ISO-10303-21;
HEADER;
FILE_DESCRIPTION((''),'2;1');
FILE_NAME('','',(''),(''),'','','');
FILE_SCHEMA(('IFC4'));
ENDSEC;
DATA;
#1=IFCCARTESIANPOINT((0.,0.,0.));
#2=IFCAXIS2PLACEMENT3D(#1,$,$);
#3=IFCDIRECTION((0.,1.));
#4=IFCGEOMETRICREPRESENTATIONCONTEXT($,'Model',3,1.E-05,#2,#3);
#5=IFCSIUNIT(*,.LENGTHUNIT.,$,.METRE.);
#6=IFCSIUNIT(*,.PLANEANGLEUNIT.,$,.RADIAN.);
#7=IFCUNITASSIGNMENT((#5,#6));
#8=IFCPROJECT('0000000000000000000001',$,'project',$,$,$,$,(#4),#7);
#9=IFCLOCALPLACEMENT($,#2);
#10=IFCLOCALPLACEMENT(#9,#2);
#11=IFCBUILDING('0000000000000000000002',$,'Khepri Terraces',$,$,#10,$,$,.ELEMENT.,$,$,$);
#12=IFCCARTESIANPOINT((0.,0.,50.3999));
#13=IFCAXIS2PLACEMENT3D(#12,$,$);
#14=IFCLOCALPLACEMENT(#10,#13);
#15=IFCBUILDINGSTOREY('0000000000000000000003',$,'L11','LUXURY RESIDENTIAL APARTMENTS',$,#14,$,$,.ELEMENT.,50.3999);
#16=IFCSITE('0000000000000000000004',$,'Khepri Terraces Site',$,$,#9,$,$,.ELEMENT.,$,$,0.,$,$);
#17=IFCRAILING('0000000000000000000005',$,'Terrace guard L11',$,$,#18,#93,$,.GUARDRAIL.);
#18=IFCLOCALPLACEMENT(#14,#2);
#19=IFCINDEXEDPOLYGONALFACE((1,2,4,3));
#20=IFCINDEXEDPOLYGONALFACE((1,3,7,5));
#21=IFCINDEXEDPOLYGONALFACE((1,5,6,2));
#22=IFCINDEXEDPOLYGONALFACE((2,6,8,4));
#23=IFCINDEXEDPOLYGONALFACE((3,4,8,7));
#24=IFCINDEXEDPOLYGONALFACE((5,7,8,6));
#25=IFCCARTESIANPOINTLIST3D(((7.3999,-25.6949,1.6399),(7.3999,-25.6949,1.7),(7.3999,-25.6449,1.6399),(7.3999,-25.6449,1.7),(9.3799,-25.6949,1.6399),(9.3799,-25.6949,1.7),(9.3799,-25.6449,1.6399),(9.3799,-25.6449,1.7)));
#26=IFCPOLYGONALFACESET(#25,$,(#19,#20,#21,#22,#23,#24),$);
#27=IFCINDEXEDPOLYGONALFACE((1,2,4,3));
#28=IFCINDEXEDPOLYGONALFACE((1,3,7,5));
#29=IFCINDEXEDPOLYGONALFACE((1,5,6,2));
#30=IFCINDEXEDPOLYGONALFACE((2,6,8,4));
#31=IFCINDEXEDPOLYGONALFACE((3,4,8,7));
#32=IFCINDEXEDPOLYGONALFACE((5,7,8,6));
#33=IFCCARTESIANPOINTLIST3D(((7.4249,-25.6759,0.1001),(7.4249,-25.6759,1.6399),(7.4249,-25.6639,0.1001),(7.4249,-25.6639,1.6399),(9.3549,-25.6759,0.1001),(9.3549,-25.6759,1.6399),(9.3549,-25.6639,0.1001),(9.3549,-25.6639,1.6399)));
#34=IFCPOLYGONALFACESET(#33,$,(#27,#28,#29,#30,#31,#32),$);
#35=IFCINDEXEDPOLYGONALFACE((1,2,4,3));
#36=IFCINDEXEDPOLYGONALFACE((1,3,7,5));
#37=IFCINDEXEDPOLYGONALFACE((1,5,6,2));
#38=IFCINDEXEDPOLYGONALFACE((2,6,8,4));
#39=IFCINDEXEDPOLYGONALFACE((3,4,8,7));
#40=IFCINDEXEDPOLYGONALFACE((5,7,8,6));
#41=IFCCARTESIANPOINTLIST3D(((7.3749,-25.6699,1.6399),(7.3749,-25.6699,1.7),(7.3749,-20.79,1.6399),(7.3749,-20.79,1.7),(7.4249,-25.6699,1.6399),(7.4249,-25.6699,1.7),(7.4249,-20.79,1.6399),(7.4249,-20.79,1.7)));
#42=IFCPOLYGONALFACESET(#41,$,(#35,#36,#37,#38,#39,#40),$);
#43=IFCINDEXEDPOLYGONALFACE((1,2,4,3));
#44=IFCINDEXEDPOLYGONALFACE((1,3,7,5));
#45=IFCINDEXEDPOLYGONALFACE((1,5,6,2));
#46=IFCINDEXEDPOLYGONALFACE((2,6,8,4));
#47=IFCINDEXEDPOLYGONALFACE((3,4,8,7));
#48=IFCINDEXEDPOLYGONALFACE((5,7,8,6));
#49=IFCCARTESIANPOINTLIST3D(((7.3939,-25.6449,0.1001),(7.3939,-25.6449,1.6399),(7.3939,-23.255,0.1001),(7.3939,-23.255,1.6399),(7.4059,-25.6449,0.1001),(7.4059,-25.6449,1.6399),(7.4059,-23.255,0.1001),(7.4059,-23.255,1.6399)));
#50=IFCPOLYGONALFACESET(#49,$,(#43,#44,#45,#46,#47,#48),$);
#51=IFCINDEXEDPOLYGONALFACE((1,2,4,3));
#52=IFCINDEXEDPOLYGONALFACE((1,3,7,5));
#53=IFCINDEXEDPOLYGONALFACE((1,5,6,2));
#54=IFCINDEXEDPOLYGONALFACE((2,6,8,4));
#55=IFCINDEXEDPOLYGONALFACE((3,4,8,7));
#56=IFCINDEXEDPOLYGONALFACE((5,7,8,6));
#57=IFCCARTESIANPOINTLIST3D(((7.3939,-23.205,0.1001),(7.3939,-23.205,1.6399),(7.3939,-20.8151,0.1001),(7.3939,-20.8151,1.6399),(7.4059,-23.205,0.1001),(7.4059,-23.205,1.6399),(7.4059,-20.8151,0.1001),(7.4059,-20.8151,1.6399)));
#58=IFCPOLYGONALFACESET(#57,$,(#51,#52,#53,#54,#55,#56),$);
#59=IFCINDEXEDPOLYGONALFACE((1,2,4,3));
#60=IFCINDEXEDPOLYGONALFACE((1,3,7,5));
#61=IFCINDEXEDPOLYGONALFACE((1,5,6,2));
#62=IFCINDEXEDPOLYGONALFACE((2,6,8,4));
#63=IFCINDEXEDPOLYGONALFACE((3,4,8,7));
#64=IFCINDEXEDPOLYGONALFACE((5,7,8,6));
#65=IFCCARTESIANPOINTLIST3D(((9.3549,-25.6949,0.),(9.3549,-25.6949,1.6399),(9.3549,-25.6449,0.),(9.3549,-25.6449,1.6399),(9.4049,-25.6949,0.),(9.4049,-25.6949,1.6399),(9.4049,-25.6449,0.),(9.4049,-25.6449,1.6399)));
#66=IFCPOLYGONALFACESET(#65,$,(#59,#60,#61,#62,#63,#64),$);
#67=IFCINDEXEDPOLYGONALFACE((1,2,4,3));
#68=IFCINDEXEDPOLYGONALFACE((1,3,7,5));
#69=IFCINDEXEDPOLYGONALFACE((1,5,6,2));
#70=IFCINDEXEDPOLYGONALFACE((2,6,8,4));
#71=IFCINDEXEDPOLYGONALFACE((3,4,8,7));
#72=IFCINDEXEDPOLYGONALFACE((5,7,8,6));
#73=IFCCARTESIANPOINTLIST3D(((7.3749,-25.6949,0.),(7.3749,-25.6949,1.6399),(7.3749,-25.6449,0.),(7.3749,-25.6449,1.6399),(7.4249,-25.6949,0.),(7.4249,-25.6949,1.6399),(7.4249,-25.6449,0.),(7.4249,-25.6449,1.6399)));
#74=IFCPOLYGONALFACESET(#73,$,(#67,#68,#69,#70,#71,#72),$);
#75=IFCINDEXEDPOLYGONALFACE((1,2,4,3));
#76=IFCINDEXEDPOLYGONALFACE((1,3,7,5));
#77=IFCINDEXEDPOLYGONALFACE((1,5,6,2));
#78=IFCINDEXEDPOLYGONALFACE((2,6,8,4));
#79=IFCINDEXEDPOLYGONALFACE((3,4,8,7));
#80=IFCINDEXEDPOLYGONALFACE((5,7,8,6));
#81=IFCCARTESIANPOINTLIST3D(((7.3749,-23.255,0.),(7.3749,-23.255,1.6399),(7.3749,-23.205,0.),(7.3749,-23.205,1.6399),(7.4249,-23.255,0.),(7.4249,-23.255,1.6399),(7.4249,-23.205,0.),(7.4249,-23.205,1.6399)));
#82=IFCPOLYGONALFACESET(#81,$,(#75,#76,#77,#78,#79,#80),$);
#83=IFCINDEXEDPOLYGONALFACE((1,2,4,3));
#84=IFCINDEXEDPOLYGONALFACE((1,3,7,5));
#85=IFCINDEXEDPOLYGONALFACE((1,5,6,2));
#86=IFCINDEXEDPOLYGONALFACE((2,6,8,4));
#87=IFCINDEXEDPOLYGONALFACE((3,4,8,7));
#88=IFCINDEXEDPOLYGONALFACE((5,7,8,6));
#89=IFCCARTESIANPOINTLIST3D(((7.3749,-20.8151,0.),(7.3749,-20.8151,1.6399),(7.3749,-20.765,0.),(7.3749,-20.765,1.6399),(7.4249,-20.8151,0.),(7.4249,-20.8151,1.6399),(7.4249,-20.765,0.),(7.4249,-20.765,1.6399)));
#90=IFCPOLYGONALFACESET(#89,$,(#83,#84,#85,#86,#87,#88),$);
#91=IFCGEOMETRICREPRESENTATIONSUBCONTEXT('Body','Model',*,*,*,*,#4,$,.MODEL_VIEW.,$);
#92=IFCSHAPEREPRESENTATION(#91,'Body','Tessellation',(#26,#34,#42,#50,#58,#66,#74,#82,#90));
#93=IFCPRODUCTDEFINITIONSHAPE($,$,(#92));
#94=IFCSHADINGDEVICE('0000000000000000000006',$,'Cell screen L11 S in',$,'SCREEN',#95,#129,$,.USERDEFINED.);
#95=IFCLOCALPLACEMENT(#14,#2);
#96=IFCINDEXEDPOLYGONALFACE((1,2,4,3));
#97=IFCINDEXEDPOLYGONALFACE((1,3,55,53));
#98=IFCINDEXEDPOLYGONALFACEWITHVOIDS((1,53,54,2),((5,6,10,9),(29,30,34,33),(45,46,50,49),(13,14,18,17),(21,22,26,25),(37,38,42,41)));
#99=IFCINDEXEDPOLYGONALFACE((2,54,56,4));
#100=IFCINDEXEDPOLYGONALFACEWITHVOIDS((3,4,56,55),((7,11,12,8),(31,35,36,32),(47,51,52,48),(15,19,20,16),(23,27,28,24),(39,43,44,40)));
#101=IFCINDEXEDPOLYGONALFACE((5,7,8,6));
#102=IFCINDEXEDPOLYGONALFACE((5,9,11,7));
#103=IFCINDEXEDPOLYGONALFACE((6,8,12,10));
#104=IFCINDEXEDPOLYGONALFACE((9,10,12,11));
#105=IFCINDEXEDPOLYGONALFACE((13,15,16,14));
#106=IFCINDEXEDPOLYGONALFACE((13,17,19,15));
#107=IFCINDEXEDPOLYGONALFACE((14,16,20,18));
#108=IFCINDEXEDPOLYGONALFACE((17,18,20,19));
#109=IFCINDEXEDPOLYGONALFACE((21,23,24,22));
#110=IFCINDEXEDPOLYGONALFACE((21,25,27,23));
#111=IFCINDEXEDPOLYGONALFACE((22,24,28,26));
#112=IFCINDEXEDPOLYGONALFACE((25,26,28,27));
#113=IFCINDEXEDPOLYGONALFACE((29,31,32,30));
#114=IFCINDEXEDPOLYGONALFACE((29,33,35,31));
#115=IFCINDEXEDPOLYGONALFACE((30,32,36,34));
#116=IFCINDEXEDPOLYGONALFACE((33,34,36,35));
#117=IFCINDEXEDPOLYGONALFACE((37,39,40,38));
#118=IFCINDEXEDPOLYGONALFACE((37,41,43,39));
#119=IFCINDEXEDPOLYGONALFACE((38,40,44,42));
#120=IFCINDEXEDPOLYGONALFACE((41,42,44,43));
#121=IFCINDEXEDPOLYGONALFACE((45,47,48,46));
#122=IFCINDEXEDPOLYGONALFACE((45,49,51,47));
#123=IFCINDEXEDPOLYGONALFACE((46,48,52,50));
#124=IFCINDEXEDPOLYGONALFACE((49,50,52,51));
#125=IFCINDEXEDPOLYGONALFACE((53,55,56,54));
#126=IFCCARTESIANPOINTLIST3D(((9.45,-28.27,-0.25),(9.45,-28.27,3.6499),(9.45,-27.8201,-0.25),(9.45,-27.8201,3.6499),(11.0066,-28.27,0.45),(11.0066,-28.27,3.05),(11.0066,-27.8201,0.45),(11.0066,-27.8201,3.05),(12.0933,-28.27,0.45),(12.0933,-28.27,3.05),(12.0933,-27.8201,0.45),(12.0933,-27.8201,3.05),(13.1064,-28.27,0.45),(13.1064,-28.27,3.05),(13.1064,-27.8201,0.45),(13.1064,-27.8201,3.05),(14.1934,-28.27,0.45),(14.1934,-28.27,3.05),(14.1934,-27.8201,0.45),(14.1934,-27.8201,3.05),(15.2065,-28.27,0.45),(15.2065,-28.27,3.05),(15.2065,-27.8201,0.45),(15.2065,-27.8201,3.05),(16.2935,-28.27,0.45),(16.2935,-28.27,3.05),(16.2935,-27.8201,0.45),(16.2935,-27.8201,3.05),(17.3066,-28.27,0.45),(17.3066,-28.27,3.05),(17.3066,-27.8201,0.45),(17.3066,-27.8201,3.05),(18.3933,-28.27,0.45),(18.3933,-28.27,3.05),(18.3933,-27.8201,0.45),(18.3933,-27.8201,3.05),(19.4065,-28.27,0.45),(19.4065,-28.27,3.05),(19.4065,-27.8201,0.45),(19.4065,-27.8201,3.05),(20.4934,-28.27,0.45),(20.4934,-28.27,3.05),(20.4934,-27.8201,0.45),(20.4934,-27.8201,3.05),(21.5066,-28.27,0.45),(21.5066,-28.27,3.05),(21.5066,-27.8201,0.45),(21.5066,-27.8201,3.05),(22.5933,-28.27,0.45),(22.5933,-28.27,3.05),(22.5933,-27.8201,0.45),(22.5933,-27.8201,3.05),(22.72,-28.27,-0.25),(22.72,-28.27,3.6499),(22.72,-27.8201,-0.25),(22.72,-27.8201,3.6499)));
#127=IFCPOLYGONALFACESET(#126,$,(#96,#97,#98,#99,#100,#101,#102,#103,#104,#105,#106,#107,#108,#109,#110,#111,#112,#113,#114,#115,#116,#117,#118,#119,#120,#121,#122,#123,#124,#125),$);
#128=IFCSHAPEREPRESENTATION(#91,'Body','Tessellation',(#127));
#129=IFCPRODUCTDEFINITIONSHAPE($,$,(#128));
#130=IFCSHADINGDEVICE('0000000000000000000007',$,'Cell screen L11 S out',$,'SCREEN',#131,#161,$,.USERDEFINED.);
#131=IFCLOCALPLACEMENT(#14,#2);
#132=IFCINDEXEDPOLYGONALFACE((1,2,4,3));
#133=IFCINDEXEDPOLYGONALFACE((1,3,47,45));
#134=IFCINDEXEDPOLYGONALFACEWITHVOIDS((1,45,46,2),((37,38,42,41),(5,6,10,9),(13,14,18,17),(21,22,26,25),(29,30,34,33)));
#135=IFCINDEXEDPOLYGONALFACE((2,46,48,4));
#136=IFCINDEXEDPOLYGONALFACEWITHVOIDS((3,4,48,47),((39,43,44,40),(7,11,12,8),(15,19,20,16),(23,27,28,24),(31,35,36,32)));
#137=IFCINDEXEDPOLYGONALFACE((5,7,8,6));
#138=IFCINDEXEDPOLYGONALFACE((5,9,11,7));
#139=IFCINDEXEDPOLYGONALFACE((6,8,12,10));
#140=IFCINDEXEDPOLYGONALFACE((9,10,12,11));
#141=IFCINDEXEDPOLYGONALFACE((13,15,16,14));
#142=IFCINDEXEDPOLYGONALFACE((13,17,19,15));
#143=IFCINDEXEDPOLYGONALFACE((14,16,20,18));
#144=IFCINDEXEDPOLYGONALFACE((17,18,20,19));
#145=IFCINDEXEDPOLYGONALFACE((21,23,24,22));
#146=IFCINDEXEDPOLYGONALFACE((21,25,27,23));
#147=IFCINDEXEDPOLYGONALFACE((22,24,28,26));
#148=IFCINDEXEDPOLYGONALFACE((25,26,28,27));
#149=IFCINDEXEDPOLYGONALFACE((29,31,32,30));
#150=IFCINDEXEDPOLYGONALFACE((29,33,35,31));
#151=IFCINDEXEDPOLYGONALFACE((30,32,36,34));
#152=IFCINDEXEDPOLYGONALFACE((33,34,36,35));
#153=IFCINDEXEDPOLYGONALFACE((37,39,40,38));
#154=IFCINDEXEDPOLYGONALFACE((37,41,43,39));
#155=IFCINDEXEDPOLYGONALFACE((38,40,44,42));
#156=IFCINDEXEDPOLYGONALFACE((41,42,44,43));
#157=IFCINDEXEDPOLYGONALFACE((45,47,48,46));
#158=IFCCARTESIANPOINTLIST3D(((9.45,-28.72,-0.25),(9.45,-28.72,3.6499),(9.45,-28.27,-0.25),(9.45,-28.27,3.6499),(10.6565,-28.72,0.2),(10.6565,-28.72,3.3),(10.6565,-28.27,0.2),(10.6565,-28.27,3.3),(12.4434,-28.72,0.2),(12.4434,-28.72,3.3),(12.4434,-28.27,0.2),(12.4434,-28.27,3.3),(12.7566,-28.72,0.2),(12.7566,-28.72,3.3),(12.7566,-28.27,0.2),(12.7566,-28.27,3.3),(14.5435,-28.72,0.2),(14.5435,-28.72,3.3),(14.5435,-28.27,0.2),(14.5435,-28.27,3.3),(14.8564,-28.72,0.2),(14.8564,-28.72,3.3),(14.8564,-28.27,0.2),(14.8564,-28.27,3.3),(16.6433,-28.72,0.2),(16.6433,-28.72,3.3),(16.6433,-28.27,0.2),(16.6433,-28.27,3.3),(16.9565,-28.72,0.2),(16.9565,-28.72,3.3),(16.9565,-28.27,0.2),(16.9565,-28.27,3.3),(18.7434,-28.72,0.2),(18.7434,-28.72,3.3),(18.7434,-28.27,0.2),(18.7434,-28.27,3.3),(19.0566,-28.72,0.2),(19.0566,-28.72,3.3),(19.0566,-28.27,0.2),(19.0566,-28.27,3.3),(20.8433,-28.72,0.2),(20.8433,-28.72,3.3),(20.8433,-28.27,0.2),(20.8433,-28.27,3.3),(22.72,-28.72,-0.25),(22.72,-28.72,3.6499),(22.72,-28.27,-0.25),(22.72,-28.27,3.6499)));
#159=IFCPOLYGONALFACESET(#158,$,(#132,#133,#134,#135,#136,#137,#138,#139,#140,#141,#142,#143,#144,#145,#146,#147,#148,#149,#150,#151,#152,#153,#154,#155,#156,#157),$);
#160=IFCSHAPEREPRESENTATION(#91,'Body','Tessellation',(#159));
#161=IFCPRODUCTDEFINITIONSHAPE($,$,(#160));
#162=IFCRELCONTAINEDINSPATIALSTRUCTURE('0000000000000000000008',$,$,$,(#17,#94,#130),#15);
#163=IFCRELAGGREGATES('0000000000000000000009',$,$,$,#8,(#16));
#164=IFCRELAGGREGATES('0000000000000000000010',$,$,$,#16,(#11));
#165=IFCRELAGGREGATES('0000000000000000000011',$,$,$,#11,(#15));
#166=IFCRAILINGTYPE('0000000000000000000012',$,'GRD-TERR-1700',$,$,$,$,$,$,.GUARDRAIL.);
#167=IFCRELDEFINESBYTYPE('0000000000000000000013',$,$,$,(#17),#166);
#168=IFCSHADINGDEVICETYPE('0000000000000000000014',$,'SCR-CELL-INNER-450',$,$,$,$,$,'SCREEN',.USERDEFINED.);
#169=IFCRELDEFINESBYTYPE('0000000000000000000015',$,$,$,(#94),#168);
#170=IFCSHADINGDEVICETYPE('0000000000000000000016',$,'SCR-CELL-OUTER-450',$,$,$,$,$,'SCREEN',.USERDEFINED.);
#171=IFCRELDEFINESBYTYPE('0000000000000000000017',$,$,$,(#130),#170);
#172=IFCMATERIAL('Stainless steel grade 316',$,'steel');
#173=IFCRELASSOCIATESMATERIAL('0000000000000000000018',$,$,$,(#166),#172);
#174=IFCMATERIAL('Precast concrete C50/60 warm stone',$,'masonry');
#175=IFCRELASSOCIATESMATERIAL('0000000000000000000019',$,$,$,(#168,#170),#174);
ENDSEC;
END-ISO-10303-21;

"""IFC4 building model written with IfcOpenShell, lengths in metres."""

from ifc_helpers import new_model, si_unit, direction, frame, origin, origin_2d, place, context, subcontext, project, spatial, polyline, rectangle, outline, extrude, material, type_object, element, save


model = new_model("IFC4")

# Units and contexts
model_context = context("Model", 3, precision=1e-05, world=origin(), true_north=direction((0.0, 1.0)))
body_context = subcontext(model_context, "Body", "Model", "MODEL_VIEW")
ifc_project = project(units=[si_unit("LENGTHUNIT", "METRE"), si_unit("PLANEANGLEUNIT", "RADIAN")], contexts=[model_context])

# Site, building, storey
site_placement = place(None, origin())
site = spatial("IfcSite", under=ifc_project, at=site_placement, Name="Khepri Terraces Site", CompositionType="ELEMENT", RefElevation=0.0)
building_placement = place(site_placement, origin())
building = spatial("IfcBuilding", under=site, at=building_placement, Name="Khepri Terraces", CompositionType="ELEMENT")
storey_placement = place(building_placement, frame((0.0, 0.0, 50.3999)))
storey = spatial("IfcBuildingStorey", under=building, at=storey_placement, Name="L11", Description="LUXURY RESIDENTIAL APARTMENTS", CompositionType="ELEMENT", Elevation=50.3999)

# Shared definitions
ifc_material_1 = material(Name="Precast concrete C50/60 warm stone", Category="masonry")

# Railing
ifc_material_2 = material(Name="Stainless steel grade 316", Category="steel")
railing_type_1 = type_object("IfcRailingType", Name="GRD-TERR-1700", PredefinedType="GUARDRAIL", material=ifc_material_2)
railing_1_placement = place(storey_placement, frame((9.3799, -25.6699, 0.0)))
element("IfcRailing", 1, at=railing_1_placement, inside=storey, type_object=railing_type_1, Name="Terrace guard L11", PredefinedType="GUARDRAIL", context=body_context, shape_type="SweptSolid", body=[
    extrude(rectangle(XDim=0.05, YDim=0.0601, at=origin_2d()), frame((0.0, 0.0, 1.6699), z_axis=(-1.0, 0.0, 0.0), x_axis=(0.0, -1.0, 0.0)), (0.0, 0.0, 1.0), 1.98),
    extrude(rectangle(XDim=1.9299, YDim=0.012, at=origin_2d()), frame((-0.99, 0.0, 0.1001), z_axis=(0.0, 0.0, 1.0), x_axis=(-1.0, 0.0, 0.0)), (0.0, 0.0, 1.0), 1.5398),
    extrude(rectangle(XDim=0.05, YDim=0.0601, at=origin_2d()), frame((-1.98, 0.0, 1.6699), z_axis=(0.0, 1.0, 0.0), x_axis=(-1.0, 0.0, 0.0)), (0.0, 0.0, 1.0), 4.8799),
    extrude(rectangle(XDim=2.3899, YDim=0.012, at=origin_2d()), frame((-1.98, 1.22, 0.1001), z_axis=(0.0, 0.0, 1.0), x_axis=(0.0, 1.0, 0.0)), (0.0, 0.0, 1.0), 1.5398),
    extrude(rectangle(XDim=2.3899, YDim=0.012, at=origin_2d()), frame((-1.98, 3.6599, 0.1001), z_axis=(0.0, 0.0, 1.0), x_axis=(0.0, 1.0, 0.0)), (0.0, 0.0, 1.0), 1.5398),
    extrude(rectangle(XDim=0.05, YDim=0.05, at=origin_2d()), origin(), (0.0, 0.0, 1.0), 1.6399),
    extrude(rectangle(XDim=0.05, YDim=0.05, at=origin_2d()), frame((-1.98, 0.0, 0.0)), (0.0, 0.0, 1.0), 1.6399),
    extrude(rectangle(XDim=0.05, YDim=0.05, at=origin_2d()), frame((-1.98, 2.4399, 0.0)), (0.0, 0.0, 1.0), 1.6399),
    extrude(rectangle(XDim=0.05, YDim=0.05, at=origin_2d()), frame((-1.98, 4.8799, 0.0)), (0.0, 0.0, 1.0), 1.6399),
])

# Shading devices
shading_device_type_1 = type_object("IfcShadingDeviceType", Name="SCR-CELL-INNER-450", ElementType="SCREEN", PredefinedType="USERDEFINED", material=ifc_material_1)
shading_device_1_placement = place(storey_placement, frame((9.45, -27.8201, -0.25), z_axis=(0.0, -1.0, 0.0), x_axis=(1.0, 0.0, 0.0)))
element("IfcShadingDevice", 2, at=shading_device_1_placement, inside=storey, type_object=shading_device_type_1, Name="Cell screen L11 S in", ObjectType="SCREEN", PredefinedType="USERDEFINED", context=body_context, shape_type="SweptSolid", body=[
    extrude(outline(polyline([(0.0, 0.0), (13.27, 0.0), (13.27, 3.8999), (0.0, 3.8999), (0.0, 0.0)]), holes=[polyline([(1.5566, 0.7), (2.6433, 0.7), (2.6433, 3.3), (1.5566, 3.3), (1.5566, 0.7)]), polyline([(3.6565, 0.7), (4.7434, 0.7), (4.7434, 3.3), (3.6565, 3.3), (3.6565, 0.7)]), polyline([(5.7566, 0.7), (6.8435, 0.7), (6.8435, 3.3), (5.7566, 3.3), (5.7566, 0.7)]), polyline([(7.8567, 0.7), (8.9434, 0.7), (8.9434, 3.3), (7.8567, 3.3), (7.8567, 0.7)]), polyline([(9.9565, 0.7), (11.0435, 0.7), (11.0435, 3.3), (9.9565, 3.3), (9.9565, 0.7)]), polyline([(12.0566, 0.7), (13.1433, 0.7), (13.1433, 3.3), (12.0566, 3.3), (12.0566, 0.7)])]), origin(), (0.0, 0.0, 1.0), 0.45),
])
shading_device_type_2 = type_object("IfcShadingDeviceType", Name="SCR-CELL-OUTER-450", ElementType="SCREEN", PredefinedType="USERDEFINED", material=ifc_material_1)
shading_device_2_placement = place(storey_placement, frame((9.45, -28.27, -0.25), z_axis=(0.0, -1.0, 0.0), x_axis=(1.0, 0.0, 0.0)))
element("IfcShadingDevice", 3, at=shading_device_2_placement, inside=storey, type_object=shading_device_type_2, Name="Cell screen L11 S out", ObjectType="SCREEN", PredefinedType="USERDEFINED", context=body_context, shape_type="SweptSolid", body=[
    extrude(outline(polyline([(0.0, 0.0), (13.27, 0.0), (13.27, 3.8999), (0.0, 3.8999), (0.0, 0.0)]), holes=[polyline([(1.2065, 0.45), (2.9934, 0.45), (2.9934, 3.55), (1.2065, 3.55), (1.2065, 0.45)]), polyline([(3.3066, 0.45), (5.0935, 0.45), (5.0935, 3.55), (3.3066, 3.55), (3.3066, 0.45)]), polyline([(5.4065, 0.45), (7.1934, 0.45), (7.1934, 3.55), (5.4065, 3.55), (5.4065, 0.45)]), polyline([(7.5066, 0.45), (9.2935, 0.45), (9.2935, 3.55), (7.5066, 3.55), (7.5066, 0.45)]), polyline([(9.6067, 0.45), (11.3933, 0.45), (11.3933, 3.55), (9.6067, 3.55), (9.6067, 0.45)])]), origin(), (0.0, 0.0, 1.0), 0.45),
])

save(model, "model.ifc")
